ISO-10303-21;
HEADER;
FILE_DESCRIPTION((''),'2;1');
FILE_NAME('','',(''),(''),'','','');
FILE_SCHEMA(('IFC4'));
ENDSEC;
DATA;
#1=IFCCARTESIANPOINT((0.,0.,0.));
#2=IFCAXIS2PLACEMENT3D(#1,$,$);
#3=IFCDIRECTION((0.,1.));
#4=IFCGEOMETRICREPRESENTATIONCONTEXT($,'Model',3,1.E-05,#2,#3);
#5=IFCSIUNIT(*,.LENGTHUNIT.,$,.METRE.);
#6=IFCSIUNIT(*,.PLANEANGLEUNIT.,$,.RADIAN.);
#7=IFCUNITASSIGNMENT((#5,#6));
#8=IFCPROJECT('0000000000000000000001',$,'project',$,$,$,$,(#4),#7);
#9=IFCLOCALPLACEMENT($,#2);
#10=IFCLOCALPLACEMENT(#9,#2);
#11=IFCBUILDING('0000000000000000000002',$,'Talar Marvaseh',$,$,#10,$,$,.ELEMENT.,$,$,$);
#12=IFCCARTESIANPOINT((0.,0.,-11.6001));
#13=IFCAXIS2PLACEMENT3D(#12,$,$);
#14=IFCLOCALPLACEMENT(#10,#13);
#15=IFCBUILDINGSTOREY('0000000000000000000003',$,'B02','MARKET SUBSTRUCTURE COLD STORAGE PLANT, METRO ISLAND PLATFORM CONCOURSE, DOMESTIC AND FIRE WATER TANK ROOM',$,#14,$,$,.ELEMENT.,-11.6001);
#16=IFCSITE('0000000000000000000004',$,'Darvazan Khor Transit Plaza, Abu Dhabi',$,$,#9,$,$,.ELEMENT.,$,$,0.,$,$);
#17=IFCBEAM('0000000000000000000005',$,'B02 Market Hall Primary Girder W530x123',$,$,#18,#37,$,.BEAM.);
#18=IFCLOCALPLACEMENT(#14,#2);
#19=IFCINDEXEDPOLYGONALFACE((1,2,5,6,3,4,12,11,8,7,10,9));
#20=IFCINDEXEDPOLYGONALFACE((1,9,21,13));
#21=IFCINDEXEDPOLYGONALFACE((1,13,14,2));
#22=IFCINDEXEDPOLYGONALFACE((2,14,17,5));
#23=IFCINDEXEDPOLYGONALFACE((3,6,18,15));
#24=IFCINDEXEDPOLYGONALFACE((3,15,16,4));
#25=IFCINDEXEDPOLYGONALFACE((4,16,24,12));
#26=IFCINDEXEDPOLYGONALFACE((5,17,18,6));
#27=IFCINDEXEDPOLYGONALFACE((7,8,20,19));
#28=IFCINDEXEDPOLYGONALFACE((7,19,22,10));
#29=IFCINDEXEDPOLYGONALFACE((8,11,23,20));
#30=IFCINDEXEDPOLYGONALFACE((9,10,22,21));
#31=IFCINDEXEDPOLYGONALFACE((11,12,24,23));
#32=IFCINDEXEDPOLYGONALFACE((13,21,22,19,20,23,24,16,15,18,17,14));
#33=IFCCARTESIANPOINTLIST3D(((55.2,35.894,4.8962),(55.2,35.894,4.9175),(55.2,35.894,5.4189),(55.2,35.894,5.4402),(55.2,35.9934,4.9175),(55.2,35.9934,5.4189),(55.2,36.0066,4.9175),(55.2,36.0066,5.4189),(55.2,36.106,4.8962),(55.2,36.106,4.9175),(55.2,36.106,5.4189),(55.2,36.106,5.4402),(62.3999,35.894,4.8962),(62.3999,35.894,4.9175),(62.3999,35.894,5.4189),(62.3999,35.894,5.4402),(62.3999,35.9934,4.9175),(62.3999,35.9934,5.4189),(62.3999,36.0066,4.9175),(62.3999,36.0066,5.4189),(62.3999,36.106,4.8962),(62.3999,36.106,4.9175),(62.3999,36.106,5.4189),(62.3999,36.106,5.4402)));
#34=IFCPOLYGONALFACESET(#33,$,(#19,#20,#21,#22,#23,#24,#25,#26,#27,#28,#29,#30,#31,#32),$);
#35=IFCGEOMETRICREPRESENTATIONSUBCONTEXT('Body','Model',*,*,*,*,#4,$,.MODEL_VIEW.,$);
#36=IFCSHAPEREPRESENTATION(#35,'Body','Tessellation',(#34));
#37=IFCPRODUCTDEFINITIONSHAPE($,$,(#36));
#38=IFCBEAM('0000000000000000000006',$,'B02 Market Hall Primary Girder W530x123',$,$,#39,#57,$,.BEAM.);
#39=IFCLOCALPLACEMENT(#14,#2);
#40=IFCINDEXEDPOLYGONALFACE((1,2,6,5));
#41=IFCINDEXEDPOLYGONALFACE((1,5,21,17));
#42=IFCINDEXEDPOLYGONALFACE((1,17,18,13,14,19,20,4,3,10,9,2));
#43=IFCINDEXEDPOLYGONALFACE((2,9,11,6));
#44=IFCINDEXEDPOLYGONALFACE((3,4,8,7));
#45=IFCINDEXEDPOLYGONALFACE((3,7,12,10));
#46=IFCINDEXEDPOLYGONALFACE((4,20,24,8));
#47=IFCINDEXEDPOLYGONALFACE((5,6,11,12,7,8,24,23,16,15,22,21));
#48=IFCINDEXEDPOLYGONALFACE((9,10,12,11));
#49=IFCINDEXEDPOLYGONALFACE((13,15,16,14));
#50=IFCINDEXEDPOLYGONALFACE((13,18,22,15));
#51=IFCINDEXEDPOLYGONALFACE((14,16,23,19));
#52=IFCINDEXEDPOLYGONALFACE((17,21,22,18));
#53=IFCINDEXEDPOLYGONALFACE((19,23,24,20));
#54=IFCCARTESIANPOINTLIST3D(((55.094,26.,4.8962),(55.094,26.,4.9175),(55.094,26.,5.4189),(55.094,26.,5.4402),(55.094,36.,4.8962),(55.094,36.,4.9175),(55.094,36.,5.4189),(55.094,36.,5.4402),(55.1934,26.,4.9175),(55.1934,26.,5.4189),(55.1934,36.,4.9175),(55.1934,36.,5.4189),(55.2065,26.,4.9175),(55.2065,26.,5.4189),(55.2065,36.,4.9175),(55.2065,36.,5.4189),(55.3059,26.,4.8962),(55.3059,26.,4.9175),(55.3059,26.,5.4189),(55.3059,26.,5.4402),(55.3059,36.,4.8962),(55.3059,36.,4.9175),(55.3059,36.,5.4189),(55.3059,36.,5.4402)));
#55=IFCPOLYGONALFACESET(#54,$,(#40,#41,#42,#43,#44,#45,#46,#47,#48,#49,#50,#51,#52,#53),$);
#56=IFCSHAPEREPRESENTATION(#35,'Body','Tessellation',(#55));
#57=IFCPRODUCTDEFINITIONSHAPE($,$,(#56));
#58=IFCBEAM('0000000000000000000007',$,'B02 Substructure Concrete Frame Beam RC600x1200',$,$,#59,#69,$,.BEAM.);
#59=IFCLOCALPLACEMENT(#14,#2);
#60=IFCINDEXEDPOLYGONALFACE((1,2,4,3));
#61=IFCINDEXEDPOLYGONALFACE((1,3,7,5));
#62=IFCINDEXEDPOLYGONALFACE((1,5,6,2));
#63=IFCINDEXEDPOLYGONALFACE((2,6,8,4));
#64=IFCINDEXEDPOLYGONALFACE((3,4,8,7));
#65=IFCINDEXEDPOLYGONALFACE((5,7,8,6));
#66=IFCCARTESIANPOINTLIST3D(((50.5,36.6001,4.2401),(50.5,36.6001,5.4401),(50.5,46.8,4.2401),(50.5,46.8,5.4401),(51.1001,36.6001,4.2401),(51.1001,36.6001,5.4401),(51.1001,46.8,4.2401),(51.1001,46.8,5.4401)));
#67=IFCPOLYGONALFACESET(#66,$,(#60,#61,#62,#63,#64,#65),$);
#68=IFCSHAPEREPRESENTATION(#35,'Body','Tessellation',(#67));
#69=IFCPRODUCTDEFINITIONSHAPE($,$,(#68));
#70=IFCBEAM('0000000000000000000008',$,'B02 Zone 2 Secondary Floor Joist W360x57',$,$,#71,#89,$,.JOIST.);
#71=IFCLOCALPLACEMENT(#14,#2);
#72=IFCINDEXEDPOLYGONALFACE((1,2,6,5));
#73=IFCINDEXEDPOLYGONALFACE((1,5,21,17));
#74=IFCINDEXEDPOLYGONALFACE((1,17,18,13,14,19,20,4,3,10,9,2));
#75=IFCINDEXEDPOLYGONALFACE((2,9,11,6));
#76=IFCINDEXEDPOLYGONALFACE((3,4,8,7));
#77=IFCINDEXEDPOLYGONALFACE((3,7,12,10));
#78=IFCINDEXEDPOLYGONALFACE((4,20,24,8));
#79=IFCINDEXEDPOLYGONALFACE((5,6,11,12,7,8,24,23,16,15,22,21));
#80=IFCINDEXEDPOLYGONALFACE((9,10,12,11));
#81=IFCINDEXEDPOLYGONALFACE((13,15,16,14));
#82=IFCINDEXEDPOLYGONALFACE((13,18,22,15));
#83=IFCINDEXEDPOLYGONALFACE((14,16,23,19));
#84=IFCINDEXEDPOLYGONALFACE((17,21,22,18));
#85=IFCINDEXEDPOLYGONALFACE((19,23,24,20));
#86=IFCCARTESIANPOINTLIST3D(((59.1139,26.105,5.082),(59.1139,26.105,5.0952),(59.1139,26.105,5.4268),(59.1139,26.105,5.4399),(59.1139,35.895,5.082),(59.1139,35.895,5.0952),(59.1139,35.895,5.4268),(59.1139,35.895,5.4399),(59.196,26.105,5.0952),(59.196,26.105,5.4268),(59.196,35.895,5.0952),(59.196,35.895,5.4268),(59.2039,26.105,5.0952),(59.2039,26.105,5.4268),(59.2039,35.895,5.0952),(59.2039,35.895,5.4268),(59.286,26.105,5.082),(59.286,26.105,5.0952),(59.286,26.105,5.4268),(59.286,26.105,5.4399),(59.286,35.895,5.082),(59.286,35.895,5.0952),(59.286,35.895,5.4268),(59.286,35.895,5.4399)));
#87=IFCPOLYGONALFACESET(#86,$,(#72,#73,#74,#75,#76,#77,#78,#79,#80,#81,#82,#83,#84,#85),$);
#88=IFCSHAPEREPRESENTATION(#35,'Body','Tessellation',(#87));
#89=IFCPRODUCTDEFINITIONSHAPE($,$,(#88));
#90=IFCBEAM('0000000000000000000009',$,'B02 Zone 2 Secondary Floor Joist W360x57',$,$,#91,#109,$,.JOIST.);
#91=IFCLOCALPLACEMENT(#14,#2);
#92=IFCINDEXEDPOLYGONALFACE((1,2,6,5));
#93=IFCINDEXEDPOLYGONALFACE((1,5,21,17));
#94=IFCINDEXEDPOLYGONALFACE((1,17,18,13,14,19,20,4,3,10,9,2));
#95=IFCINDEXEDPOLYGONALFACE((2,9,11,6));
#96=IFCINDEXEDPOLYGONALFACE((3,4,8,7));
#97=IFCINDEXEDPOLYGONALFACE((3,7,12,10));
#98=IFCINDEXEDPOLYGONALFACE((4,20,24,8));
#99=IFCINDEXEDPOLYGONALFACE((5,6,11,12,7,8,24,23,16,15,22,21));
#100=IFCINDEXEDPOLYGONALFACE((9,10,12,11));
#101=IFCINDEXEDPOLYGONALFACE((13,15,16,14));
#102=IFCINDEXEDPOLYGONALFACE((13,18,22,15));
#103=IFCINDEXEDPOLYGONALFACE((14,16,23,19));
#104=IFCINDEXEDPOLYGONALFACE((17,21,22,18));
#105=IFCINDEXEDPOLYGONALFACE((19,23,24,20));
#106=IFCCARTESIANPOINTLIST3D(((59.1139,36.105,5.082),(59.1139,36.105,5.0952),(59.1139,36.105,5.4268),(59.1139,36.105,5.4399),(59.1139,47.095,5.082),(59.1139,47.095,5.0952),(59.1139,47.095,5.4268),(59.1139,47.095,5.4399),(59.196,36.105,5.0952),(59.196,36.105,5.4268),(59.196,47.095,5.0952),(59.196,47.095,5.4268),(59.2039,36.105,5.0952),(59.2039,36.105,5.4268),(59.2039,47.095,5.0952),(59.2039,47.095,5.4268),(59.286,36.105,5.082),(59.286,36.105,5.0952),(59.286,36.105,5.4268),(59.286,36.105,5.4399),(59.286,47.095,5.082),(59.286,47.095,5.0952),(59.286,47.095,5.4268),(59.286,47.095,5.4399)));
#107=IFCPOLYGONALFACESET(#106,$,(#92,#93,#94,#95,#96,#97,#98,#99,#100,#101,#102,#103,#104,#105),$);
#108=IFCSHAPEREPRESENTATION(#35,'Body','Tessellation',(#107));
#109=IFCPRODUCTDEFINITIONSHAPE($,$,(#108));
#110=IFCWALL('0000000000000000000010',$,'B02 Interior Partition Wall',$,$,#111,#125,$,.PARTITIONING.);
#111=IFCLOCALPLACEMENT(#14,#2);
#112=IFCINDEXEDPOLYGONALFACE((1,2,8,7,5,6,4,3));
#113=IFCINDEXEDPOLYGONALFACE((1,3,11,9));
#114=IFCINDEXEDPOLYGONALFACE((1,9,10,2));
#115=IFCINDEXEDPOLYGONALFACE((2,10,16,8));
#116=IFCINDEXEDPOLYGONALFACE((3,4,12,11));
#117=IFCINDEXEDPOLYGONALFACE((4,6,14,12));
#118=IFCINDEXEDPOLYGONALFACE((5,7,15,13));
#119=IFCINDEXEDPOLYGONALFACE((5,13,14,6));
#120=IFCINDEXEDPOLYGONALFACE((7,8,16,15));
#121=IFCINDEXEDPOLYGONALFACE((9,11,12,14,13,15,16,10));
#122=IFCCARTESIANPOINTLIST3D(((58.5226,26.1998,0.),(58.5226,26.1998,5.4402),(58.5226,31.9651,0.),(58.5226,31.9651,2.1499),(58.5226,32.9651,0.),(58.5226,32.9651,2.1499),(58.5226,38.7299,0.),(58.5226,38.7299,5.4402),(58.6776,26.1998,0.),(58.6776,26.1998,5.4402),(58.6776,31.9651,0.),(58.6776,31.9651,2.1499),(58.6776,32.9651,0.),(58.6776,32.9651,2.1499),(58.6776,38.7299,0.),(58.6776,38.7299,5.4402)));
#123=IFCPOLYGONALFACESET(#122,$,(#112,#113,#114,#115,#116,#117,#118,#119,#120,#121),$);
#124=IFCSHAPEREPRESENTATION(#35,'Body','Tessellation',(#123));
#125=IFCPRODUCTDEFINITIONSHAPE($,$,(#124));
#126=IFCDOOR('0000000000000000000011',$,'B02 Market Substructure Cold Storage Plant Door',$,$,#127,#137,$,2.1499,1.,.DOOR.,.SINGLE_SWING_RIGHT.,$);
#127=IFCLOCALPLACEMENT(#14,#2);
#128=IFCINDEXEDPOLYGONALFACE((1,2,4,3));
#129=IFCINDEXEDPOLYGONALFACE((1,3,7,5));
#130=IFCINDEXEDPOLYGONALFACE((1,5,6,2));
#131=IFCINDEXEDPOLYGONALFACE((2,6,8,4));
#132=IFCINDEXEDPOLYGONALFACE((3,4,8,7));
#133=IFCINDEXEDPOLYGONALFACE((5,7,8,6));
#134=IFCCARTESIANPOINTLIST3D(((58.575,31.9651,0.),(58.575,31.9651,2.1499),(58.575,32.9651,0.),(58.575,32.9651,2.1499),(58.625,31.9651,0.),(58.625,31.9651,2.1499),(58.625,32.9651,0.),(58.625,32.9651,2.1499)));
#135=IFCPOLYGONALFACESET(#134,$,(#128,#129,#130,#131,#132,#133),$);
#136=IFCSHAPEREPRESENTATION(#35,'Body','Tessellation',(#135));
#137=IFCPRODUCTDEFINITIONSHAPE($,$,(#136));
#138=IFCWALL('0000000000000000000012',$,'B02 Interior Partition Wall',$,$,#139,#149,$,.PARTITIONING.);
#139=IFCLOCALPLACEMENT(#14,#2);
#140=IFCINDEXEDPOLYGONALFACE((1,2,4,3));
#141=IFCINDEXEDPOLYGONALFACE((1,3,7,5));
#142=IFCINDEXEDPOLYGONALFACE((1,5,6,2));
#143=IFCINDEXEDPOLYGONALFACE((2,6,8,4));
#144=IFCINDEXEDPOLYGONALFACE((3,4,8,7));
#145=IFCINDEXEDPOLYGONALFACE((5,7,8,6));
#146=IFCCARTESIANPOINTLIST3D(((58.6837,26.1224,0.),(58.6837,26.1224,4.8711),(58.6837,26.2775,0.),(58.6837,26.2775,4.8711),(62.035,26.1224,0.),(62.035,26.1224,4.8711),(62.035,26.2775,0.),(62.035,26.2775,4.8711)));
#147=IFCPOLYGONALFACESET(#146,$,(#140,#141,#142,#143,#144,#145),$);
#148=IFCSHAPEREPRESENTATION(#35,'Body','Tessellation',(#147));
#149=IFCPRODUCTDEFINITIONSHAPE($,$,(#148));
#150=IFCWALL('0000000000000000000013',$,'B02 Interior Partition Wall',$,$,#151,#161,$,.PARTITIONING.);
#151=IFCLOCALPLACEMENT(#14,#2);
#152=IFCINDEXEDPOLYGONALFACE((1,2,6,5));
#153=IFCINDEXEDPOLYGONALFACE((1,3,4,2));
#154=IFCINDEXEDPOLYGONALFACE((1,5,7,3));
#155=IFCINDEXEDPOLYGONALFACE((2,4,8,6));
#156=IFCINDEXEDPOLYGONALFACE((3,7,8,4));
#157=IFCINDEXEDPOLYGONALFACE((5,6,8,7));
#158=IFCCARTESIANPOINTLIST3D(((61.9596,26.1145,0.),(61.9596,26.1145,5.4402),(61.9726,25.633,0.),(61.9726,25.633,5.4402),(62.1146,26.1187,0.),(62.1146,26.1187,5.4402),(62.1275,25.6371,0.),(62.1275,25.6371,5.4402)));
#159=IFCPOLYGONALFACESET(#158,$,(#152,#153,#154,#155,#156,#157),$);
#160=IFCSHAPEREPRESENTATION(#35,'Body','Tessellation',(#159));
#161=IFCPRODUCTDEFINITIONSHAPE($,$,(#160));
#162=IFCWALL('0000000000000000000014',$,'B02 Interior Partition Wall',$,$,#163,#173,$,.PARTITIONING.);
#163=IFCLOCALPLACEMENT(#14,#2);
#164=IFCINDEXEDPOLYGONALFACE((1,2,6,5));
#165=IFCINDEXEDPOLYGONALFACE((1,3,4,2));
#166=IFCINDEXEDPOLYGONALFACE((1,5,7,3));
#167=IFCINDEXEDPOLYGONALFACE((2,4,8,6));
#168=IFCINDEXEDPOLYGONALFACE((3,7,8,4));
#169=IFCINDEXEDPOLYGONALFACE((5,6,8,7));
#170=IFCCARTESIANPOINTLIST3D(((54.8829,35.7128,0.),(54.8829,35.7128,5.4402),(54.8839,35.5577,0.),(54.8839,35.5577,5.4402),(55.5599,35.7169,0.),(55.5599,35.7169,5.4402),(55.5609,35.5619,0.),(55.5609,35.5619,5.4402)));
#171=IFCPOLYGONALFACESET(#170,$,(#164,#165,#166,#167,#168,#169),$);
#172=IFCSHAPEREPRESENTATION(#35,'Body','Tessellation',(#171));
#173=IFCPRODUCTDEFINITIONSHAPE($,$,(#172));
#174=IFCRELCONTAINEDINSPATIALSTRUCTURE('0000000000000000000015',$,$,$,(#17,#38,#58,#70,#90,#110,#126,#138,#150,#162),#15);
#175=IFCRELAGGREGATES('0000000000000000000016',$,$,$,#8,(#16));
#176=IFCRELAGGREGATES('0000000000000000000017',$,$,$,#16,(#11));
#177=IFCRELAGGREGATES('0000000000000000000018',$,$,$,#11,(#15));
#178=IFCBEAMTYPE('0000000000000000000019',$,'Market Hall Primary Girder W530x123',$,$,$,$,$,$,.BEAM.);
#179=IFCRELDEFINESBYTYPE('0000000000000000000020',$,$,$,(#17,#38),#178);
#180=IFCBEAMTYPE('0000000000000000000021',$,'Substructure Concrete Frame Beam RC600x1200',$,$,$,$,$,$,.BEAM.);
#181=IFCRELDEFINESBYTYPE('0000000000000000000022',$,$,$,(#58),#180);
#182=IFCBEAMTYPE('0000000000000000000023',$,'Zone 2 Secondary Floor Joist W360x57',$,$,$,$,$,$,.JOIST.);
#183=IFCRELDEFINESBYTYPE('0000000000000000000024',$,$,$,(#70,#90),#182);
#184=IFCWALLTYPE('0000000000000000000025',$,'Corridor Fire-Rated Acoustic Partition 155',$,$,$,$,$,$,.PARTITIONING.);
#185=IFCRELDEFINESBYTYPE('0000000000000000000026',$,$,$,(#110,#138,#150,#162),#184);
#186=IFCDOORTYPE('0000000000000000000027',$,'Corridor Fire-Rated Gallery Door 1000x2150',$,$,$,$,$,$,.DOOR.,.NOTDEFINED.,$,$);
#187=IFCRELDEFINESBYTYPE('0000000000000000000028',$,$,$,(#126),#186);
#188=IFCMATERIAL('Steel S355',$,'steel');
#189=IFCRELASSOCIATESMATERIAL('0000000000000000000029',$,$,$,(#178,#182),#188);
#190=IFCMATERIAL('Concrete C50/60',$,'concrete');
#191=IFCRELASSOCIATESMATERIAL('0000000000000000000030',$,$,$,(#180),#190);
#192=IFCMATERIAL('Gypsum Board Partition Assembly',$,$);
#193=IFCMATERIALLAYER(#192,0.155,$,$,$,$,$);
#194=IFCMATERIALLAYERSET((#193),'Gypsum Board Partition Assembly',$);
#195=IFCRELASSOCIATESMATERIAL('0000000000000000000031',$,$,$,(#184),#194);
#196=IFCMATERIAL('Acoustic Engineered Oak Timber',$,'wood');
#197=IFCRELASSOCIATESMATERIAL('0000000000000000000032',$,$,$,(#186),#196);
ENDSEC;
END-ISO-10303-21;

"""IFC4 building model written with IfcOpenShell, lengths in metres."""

from ifc_helpers import new_model, si_unit, direction, frame, frame_2d, origin, origin_2d, place, context, subcontext, project, spatial, rectangle, i_section, extrude, source, transform, mapped, material, layer, layer_set, material_profile, profile_set, type_object, type_shapes, element, fill, save


model = new_model("IFC4")

# Units and contexts
model_context = context("Model", 3, precision=1e-05, world=origin(), true_north=direction((0.0, 1.0)))
body_context = subcontext(model_context, "Body", "Model", "MODEL_VIEW")
ifc_project = project(units=[si_unit("LENGTHUNIT", "METRE"), si_unit("PLANEANGLEUNIT", "RADIAN")], contexts=[model_context])

# Site, building, storey
site_placement = place(None, origin())
site = spatial("IfcSite", under=ifc_project, at=site_placement, Name="Darvazan Khor Transit Plaza, Abu Dhabi", CompositionType="ELEMENT", RefElevation=0.0)
building_placement = place(site_placement, origin())
building = spatial("IfcBuilding", under=site, at=building_placement, Name="Talar Marvaseh", CompositionType="ELEMENT")
storey_placement = place(building_placement, frame((0.0, 0.0, -11.6001)))
storey = spatial("IfcBuildingStorey", under=building, at=storey_placement, Name="B02", Description="MARKET SUBSTRUCTURE COLD STORAGE PLANT, METRO ISLAND PLATFORM CONCOURSE, DOMESTIC AND FIRE WATER TANK ROOM", CompositionType="ELEMENT", Elevation=-11.6001)

# Shared definitions
ifc_material_1 = material(Name="Concrete C50/60", Category="concrete")

# Beams
ifc_material_2 = material(Name="Steel S355", Category="steel")
ifc_material_profile_1 = material_profile(ifc_material_2, i_section(OverallWidth=0.2119, OverallDepth=0.5439, WebThickness=0.0132, FlangeThickness=0.0212, at=origin_2d()), Name="W530x123")
ifc_profile_set_1 = profile_set([ifc_material_profile_1], Name="Steel S355")
beam_type_1 = type_object("IfcBeamType", Name="Market Hall Primary Girder W530x123", PredefinedType="BEAM", material=ifc_profile_set_1)
for number, where, z_axis, x_axis, name in (
    (1, (55.2, 36.0, 5.1682), (1.0, 0.0, 0.0), (0.0, 1.0, 0.0), "B02 Market Hall Primary Girder W530x123"),
):
    element("IfcBeam", number, at=place(storey_placement, frame(where, z_axis=z_axis, x_axis=x_axis)), inside=storey, type_object=beam_type_1, Name=name, PredefinedType="BEAM", context=body_context, shape_type="SweptSolid", body=[
        extrude(i_section(OverallWidth=0.2119, OverallDepth=0.5439, WebThickness=0.0132, FlangeThickness=0.0212, at=origin_2d()), origin(), (0.0, 0.0, 1.0), 7.2),
    ])
beam_1_placement = place(storey_placement, frame((55.2, 26.0, 5.1682), z_axis=(0.0, 1.0, 0.0), x_axis=(-1.0, 0.0, 0.0)))
element("IfcBeam", 2, at=beam_1_placement, inside=storey, type_object=beam_type_1, Name="B02 Market Hall Primary Girder W530x123", PredefinedType="BEAM", context=body_context, shape_type="SweptSolid", body=[
    extrude(i_section(OverallWidth=0.2119, OverallDepth=0.5439, WebThickness=0.0132, FlangeThickness=0.0212, at=origin_2d()), origin(), (0.0, 0.0, 1.0), 10.0),
])
ifc_material_profile_2 = material_profile(ifc_material_1, rectangle(XDim=0.6001, YDim=1.2, at=origin_2d()), Name="RC600x1200")
ifc_profile_set_2 = profile_set([ifc_material_profile_2], Name="Concrete C50/60")
beam_type_2 = type_object("IfcBeamType", Name="Substructure Concrete Frame Beam RC600x1200", PredefinedType="BEAM", material=ifc_profile_set_2)
beam_2_placement = place(storey_placement, frame((50.8, 36.6001, 4.8401), z_axis=(0.0, 1.0, 0.0), x_axis=(-1.0, 0.0, 0.0)))
element("IfcBeam", 3, at=beam_2_placement, inside=storey, type_object=beam_type_2, Name="B02 Substructure Concrete Frame Beam RC600x1200", PredefinedType="BEAM", context=body_context, shape_type="SweptSolid", body=[
    extrude(rectangle(XDim=0.6001, YDim=1.2, at=origin_2d()), origin(), (0.0, 0.0, 1.0), 10.2),
])
ifc_material_profile_3 = material_profile(ifc_material_2, i_section(OverallWidth=0.1721, OverallDepth=0.3579, WebThickness=0.0078, FlangeThickness=0.0132, at=origin_2d()), Name="W360x57")
ifc_profile_set_3 = profile_set([ifc_material_profile_3], Name="Steel S355")
beam_type_3 = type_object("IfcBeamType", Name="Zone 2 Secondary Floor Joist W360x57", PredefinedType="JOIST", material=ifc_profile_set_3)
beam_3_placement = place(storey_placement, frame((59.2, 26.105, 5.261), z_axis=(0.0, 1.0, 0.0), x_axis=(-1.0, 0.0, 0.0)))
element("IfcBeam", 4, at=beam_3_placement, inside=storey, type_object=beam_type_3, Name="B02 Zone 2 Secondary Floor Joist W360x57", PredefinedType="JOIST", context=body_context, shape_type="SweptSolid", body=[
    extrude(i_section(OverallWidth=0.1721, OverallDepth=0.3579, WebThickness=0.0078, FlangeThickness=0.0132, at=origin_2d()), origin(), (0.0, 0.0, 1.0), 9.79),
])
beam_4_placement = place(storey_placement, frame((59.2, 36.105, 5.261), z_axis=(0.0, 1.0, 0.0), x_axis=(-1.0, 0.0, 0.0)))
element("IfcBeam", 5, at=beam_4_placement, inside=storey, type_object=beam_type_3, Name="B02 Zone 2 Secondary Floor Joist W360x57", PredefinedType="JOIST", context=body_context, shape_type="SweptSolid", body=[
    extrude(i_section(OverallWidth=0.1721, OverallDepth=0.3579, WebThickness=0.0078, FlangeThickness=0.0132, at=origin_2d()), origin(), (0.0, 0.0, 1.0), 10.99),
])

# Wall, opening, door
ifc_material_3 = material(Name="Gypsum Board Partition Assembly")
ifc_layer = layer(ifc_material_3, 0.155)
ifc_layer_set = layer_set([ifc_layer], Name="Gypsum Board Partition Assembly")
wall_type = type_object("IfcWallType", Name="Corridor Fire-Rated Acoustic Partition 155", PredefinedType="PARTITIONING", material=ifc_layer_set)
wall_1_placement = place(storey_placement, frame((58.6001, 38.73, 0.0), z_axis=(0.0, 0.0, 1.0), x_axis=(0.0, -1.0, 0.0)))
wall_1 = element("IfcWall", 6, at=wall_1_placement, inside=storey, type_object=wall_type, Name="B02 Interior Partition Wall", PredefinedType="PARTITIONING", context=body_context, shape_type="SweptSolid", body=[
    extrude(rectangle(XDim=12.53, YDim=0.155, at=frame_2d((6.2651, 0.0))), origin(), (0.0, 0.0, 1.0), 5.4402),
])
opening_placement = place(wall_1_placement, frame((5.7649, 0.0, 0.0)))
opening = element("IfcOpeningElement", 7, at=opening_placement, cuts=wall_1, PredefinedType="OPENING", context=body_context, shape_type="SweptSolid", body=[
    extrude(rectangle(XDim=1.0, YDim=2.1499, at=frame_2d((0.5, 1.075))), frame((0.0, 0.0874, 0.0), z_axis=(0.0, -1.0, 0.0), x_axis=(1.0, 0.0, 0.0)), (0.0, 0.0, 1.0), 0.175),
])
ifc_material_4 = material(Name="Acoustic Engineered Oak Timber", Category="wood")
door_type = type_object("IfcDoorType", Name="Corridor Fire-Rated Gallery Door 1000x2150", OperationType="NOTDEFINED", PredefinedType="DOOR", material=ifc_material_4)
shared_shape_1 = source(origin(), body_context, "Body", "SweptSolid", [
    extrude(rectangle(XDim=1.0, YDim=2.1499, at=frame_2d((0.5, 1.075))), frame((0.0, 0.0249, 0.0), z_axis=(0.0, -1.0, 0.0), x_axis=(1.0, 0.0, 0.0)), (0.0, 0.0, 1.0), 0.05),
])
type_shapes(door_type, [shared_shape_1])
door_placement = place(opening_placement, origin())
door = element("IfcDoor", 8, at=door_placement, inside=storey, type_object=door_type, Name="B02 Market Substructure Cold Storage Plant Door", OperationType="SINGLE_SWING_RIGHT", OverallHeight=2.1499, OverallWidth=1.0, PredefinedType="DOOR", context=body_context, shape_type="MappedRepresentation", body=[
    mapped(shared_shape_1, transform((0.0, 0.0, 0.0), x_axis=(1.0, 0.0, 0.0), y_axis=(0.0, 1.0, 0.0), z_axis=(0.0, 0.0, 1.0), scale=1.0)),
])
fill(opening, door)

# Walls
wall_2_placement = place(storey_placement, frame((58.6836, 26.2, 0.0), z_axis=(0.0, 0.0, 1.0), x_axis=(1.0, 0.0, 0.0)))
element("IfcWall", 9, at=wall_2_placement, inside=storey, type_object=wall_type, Name="B02 Interior Partition Wall", PredefinedType="PARTITIONING", context=body_context, shape_type="SweptSolid", body=[
    extrude(rectangle(XDim=3.3513, YDim=0.155, at=frame_2d((1.6758, 0.0))), origin(), (0.0, 0.0, 1.0), 4.8711),
])
wall_3_placement = place(storey_placement, frame((62.0371, 26.1165, 0.0), z_axis=(0.0, 0.0, 1.0), x_axis=(0.026867, -0.999639, 0.0)))
element("IfcWall", 10, at=wall_3_placement, inside=storey, type_object=wall_type, Name="B02 Interior Partition Wall", PredefinedType="PARTITIONING", context=body_context, shape_type="SweptSolid", body=[
    extrude(rectangle(XDim=0.4817, YDim=0.155, at=frame_2d((0.2407, 0.0))), origin(), (0.0, 0.0, 1.0), 5.4402),
])
wall_4_placement = place(storey_placement, frame((54.8835, 35.6353, 0.0), z_axis=(0.0, 0.0, 1.0), x_axis=(0.999981, 0.00613, 0.0)))
element("IfcWall", 11, at=wall_4_placement, inside=storey, type_object=wall_type, Name="B02 Interior Partition Wall", PredefinedType="PARTITIONING", context=body_context, shape_type="SweptSolid", body=[
    extrude(rectangle(XDim=0.677, YDim=0.155, at=frame_2d((0.3384, 0.0))), origin(), (0.0, 0.0, 1.0), 5.4402),
])

save(model, "model.ifc")
